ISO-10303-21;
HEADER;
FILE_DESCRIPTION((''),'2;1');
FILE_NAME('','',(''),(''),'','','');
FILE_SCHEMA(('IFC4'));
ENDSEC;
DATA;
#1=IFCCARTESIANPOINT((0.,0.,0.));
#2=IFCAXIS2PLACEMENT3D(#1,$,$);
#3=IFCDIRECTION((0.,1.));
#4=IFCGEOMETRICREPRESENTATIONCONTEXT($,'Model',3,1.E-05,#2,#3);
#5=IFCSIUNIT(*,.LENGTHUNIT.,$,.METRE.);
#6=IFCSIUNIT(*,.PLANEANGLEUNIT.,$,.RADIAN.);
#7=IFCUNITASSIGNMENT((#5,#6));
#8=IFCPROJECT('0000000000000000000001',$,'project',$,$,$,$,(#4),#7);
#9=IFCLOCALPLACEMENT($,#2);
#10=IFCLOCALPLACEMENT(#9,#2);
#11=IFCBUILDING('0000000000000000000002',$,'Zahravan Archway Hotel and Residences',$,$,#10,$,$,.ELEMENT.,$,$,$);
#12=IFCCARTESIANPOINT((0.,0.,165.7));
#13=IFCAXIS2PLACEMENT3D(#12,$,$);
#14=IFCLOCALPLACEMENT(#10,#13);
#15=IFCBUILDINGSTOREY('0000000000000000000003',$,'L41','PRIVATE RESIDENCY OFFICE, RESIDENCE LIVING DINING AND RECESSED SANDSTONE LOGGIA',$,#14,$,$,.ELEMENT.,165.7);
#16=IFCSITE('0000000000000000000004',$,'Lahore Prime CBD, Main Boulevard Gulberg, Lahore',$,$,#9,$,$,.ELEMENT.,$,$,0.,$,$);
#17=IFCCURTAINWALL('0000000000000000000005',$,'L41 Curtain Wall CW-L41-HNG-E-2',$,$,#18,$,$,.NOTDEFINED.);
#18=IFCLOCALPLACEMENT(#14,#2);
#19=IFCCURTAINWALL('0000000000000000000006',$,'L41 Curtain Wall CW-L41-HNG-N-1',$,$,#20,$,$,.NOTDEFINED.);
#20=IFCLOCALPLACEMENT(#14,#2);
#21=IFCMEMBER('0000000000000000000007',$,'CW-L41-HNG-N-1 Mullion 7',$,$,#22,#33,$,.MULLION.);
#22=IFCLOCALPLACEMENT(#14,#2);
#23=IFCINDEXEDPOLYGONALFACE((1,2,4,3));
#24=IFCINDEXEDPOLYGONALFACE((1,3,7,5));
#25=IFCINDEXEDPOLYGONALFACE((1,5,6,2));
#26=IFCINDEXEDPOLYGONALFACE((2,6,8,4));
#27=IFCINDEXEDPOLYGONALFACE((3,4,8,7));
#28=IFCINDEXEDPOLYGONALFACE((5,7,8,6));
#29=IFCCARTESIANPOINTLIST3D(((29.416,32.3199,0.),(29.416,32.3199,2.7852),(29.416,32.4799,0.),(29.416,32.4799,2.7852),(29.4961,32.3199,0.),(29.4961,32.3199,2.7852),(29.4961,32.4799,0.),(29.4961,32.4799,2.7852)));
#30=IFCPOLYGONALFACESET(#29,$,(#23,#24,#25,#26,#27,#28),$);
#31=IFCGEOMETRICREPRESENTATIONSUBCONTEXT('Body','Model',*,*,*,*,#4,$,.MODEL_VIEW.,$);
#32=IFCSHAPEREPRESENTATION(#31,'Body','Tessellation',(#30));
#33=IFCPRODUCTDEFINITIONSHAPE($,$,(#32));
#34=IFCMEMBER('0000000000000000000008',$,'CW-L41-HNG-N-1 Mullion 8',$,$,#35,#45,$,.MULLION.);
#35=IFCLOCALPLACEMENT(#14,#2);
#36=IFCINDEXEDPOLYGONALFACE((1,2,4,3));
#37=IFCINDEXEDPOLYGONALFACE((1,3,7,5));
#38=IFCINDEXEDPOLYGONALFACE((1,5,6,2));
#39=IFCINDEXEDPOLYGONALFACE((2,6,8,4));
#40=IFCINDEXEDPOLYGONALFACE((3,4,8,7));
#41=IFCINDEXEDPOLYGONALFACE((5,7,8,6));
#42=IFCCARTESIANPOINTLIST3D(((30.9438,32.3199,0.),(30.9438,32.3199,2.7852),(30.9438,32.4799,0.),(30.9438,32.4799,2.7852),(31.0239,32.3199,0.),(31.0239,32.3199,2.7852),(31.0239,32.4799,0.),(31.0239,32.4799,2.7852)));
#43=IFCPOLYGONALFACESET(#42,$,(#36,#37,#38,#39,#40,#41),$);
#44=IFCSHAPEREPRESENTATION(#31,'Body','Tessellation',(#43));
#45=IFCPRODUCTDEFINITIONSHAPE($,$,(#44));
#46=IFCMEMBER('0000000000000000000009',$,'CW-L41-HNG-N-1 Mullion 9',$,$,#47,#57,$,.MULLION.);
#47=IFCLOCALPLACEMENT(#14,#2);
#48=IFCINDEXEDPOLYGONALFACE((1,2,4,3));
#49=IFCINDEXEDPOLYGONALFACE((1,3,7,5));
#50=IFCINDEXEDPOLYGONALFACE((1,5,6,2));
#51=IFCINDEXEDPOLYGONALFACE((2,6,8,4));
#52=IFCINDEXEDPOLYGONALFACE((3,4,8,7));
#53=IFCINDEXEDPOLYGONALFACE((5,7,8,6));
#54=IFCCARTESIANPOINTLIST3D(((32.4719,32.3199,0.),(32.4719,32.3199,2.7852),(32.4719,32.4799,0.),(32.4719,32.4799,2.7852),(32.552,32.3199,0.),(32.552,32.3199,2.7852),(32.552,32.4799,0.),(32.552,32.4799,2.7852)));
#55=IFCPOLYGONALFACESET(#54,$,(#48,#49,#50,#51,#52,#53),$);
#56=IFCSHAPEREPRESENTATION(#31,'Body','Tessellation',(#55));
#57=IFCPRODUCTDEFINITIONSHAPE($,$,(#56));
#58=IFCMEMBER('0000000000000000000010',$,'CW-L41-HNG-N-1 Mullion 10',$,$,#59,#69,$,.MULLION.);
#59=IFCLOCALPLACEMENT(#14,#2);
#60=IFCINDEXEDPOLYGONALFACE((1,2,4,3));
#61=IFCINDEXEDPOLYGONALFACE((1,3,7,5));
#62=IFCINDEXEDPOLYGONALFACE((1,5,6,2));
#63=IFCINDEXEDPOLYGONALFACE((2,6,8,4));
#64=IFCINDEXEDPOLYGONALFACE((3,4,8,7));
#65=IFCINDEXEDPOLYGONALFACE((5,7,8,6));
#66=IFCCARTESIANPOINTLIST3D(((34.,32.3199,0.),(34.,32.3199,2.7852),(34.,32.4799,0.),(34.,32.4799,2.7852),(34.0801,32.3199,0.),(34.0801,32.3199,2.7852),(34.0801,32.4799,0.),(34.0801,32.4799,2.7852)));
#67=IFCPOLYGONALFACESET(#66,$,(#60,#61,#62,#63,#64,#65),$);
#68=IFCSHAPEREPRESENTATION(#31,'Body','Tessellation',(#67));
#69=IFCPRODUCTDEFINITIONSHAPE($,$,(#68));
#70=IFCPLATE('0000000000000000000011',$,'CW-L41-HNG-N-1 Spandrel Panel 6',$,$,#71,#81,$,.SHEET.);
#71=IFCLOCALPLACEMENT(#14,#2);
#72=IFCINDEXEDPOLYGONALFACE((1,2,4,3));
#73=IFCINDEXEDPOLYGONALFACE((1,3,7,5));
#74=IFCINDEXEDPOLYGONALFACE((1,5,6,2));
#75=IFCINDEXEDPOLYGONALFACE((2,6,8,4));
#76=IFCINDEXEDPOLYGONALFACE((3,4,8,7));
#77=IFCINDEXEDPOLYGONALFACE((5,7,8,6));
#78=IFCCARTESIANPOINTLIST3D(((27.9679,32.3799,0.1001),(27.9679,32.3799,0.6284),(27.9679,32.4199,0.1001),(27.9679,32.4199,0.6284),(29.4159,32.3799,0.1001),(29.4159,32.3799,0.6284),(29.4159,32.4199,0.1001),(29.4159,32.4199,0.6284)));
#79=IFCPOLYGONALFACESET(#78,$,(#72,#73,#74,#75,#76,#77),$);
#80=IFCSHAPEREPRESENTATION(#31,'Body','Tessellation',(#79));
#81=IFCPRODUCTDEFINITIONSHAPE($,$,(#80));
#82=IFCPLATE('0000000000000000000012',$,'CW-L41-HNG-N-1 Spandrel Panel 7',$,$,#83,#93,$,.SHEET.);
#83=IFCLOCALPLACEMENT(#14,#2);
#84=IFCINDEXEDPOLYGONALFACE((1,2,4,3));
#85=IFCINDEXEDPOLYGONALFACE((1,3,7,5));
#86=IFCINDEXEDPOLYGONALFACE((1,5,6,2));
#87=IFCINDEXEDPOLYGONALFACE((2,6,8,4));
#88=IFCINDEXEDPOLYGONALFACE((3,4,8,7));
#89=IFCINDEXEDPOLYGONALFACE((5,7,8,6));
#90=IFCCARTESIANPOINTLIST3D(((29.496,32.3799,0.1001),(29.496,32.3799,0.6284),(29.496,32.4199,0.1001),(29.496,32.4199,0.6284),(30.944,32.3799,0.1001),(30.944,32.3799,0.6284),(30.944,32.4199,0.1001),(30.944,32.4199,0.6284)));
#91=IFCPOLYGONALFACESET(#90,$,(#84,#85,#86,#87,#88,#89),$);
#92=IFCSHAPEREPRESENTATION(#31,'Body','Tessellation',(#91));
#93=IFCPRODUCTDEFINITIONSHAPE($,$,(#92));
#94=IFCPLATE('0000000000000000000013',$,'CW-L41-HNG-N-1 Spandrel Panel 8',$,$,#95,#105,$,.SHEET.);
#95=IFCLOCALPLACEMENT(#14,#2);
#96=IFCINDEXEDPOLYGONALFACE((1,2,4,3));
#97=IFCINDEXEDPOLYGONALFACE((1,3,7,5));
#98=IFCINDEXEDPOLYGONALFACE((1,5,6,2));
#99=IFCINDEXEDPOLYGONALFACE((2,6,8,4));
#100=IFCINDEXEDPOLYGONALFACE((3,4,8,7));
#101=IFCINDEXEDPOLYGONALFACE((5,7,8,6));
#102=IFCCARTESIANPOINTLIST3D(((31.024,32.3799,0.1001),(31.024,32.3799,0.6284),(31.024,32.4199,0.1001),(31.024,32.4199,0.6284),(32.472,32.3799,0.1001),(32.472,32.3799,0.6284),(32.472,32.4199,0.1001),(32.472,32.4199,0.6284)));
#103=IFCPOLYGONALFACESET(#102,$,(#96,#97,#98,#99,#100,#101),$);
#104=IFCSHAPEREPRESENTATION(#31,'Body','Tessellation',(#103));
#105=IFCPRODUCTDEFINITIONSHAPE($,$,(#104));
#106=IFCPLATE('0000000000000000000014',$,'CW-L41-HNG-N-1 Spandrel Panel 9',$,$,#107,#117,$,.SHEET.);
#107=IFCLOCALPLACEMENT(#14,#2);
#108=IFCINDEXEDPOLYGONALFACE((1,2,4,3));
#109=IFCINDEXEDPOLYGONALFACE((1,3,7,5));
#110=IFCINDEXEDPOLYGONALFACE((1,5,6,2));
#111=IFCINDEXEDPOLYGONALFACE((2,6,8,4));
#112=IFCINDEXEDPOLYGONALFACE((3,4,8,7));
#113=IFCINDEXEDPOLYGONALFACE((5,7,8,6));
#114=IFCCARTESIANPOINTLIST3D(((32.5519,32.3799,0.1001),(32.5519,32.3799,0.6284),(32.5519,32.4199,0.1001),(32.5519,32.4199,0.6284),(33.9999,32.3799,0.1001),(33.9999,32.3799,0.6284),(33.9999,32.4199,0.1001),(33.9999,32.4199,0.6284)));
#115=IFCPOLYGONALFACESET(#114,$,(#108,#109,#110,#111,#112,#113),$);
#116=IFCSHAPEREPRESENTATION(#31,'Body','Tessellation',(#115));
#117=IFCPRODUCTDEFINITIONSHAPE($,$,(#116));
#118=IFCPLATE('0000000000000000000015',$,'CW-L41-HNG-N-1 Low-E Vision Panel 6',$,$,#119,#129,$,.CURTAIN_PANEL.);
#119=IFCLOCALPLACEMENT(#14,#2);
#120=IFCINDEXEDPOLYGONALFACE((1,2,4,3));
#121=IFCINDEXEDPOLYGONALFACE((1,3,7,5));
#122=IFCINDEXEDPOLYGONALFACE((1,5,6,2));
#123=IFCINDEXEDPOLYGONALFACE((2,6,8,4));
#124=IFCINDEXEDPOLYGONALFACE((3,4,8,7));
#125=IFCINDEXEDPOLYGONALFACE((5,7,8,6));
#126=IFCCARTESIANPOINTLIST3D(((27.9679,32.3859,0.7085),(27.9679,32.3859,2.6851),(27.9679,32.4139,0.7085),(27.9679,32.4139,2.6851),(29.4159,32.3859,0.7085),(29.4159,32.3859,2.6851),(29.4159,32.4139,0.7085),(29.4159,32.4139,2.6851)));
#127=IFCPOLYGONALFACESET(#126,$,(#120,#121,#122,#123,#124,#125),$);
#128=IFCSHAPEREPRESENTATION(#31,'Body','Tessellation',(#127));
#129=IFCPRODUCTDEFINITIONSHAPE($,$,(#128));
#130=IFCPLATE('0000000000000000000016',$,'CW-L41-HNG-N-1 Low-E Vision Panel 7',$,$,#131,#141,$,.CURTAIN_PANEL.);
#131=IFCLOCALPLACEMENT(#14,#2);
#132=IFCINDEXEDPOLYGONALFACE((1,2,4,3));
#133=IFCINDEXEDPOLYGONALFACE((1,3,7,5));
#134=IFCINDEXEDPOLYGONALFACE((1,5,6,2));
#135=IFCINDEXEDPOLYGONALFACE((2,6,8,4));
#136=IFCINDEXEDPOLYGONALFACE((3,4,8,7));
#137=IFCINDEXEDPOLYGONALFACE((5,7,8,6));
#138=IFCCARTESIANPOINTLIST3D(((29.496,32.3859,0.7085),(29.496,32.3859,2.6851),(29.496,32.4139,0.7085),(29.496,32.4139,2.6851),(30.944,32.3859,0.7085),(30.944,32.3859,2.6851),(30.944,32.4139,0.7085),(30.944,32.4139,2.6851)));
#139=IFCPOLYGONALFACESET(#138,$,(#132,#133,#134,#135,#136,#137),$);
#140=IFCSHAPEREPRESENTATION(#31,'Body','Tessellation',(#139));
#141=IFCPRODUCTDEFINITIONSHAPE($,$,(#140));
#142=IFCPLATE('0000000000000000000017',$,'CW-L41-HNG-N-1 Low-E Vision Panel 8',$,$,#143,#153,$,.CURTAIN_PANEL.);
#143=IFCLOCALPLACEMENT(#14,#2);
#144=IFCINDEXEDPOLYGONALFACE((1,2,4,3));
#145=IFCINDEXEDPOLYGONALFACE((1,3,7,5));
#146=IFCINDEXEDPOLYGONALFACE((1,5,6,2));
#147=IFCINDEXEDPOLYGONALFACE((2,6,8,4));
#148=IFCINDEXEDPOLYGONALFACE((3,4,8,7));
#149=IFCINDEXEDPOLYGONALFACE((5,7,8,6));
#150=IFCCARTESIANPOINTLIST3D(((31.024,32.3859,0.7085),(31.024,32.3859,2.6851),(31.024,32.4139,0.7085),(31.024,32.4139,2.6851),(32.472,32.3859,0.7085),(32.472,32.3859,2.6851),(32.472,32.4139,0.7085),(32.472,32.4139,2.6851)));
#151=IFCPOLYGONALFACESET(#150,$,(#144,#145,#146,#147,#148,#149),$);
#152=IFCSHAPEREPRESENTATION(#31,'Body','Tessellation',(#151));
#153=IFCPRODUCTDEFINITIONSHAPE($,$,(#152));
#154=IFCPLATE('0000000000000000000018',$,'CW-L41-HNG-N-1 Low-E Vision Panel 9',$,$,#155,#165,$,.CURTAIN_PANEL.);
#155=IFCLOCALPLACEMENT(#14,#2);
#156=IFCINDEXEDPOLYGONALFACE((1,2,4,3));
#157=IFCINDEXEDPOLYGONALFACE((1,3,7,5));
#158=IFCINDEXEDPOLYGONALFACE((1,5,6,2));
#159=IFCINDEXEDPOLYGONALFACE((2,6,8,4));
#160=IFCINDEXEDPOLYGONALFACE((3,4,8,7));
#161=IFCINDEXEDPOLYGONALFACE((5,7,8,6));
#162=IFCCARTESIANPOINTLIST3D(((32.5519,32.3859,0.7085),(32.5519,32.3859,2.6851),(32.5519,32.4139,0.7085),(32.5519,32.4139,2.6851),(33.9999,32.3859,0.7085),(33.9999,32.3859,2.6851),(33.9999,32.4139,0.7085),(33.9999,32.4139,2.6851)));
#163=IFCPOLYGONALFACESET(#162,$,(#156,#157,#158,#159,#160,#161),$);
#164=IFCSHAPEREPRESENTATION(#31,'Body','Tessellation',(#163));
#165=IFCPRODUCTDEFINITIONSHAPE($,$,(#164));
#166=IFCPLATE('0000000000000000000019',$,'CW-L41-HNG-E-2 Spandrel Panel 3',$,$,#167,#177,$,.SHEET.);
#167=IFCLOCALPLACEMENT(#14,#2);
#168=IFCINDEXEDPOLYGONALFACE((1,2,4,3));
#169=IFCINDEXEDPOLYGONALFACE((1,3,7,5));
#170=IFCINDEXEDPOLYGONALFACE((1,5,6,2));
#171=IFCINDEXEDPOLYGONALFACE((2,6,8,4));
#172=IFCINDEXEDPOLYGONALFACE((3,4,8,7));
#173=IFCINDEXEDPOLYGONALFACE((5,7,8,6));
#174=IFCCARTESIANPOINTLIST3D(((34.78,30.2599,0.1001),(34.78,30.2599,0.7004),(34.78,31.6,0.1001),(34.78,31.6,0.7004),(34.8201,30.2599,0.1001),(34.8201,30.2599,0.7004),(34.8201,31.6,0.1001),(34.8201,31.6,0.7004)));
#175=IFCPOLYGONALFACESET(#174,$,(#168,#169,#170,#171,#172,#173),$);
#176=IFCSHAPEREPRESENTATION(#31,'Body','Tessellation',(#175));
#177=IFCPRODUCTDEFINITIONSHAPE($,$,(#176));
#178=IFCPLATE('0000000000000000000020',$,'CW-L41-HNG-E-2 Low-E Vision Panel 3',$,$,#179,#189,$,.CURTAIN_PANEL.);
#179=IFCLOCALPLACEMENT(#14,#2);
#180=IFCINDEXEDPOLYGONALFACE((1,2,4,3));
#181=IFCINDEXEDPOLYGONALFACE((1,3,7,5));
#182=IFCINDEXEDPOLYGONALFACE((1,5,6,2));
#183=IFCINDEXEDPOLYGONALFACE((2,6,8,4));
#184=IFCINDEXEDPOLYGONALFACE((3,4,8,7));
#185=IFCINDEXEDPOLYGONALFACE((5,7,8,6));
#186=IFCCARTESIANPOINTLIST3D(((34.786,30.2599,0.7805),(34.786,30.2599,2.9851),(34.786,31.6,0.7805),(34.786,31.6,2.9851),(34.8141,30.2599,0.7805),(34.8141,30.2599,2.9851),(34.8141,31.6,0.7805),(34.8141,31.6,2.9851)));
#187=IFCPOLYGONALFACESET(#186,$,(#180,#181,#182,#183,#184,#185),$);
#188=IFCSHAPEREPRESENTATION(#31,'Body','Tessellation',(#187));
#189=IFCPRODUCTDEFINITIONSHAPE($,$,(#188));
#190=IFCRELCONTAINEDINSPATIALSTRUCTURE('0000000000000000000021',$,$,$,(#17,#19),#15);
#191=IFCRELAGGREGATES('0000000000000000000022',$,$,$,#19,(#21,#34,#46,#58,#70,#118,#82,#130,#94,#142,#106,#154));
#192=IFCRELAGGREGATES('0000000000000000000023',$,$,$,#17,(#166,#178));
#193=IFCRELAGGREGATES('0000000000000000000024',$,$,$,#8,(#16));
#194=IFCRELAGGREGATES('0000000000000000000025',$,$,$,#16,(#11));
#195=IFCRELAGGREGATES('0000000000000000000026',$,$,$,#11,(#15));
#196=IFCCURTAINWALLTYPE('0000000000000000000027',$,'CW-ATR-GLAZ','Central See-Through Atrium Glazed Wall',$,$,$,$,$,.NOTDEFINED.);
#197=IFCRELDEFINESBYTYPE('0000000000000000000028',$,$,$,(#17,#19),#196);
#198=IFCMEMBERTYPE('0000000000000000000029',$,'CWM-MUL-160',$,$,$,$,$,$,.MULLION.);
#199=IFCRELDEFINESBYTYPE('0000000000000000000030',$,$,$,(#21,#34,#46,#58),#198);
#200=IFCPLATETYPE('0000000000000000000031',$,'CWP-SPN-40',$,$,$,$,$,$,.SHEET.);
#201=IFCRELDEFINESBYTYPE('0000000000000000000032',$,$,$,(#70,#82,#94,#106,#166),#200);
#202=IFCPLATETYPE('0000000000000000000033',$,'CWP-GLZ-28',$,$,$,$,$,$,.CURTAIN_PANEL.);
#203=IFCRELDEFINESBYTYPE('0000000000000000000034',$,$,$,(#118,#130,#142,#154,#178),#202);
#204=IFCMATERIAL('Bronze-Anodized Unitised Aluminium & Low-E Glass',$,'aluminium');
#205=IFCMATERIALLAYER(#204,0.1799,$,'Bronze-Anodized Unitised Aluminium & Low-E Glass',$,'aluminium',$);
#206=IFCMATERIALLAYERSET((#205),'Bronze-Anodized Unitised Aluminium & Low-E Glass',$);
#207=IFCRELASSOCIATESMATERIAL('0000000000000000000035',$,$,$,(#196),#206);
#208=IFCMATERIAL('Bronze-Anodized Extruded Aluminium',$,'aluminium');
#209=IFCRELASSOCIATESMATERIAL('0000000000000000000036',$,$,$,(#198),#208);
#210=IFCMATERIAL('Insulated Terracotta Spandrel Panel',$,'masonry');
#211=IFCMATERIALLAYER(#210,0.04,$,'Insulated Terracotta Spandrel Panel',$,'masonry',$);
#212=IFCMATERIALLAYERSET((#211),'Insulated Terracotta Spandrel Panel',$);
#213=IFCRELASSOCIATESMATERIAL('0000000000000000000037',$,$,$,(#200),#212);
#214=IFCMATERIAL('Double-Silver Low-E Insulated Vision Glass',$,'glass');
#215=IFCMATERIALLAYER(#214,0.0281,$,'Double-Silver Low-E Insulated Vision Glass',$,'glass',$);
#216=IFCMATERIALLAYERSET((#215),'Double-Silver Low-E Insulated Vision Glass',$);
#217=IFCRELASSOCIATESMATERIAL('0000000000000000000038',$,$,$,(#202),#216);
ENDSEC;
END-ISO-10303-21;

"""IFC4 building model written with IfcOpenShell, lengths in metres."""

from ifc_helpers import new_model, si_unit, direction, frame, origin, origin_2d, place, context, subcontext, project, spatial, rectangle, extrude, source, transform, mapped, material, layer, layer_set, material_profile, profile_set, type_object, element, aggregate, save


model = new_model("IFC4")

# Units and contexts
model_context = context("Model", 3, precision=1e-05, world=origin(), true_north=direction((0.0, 1.0)))
body_context = subcontext(model_context, "Body", "Model", "MODEL_VIEW")
ifc_project = project(units=[si_unit("LENGTHUNIT", "METRE"), si_unit("PLANEANGLEUNIT", "RADIAN")], contexts=[model_context])

# Site, building, storey
site_placement = place(None, origin())
site = spatial("IfcSite", under=ifc_project, at=site_placement, Name="Lahore Prime CBD, Main Boulevard Gulberg, Lahore", CompositionType="ELEMENT", RefElevation=0.0)
building_placement = place(site_placement, origin())
building = spatial("IfcBuilding", under=site, at=building_placement, Name="Zahravan Archway Hotel and Residences", CompositionType="ELEMENT")
storey_placement = place(building_placement, frame((0.0, 0.0, 165.7)))
storey = spatial("IfcBuildingStorey", under=building, at=storey_placement, Name="L41", Description="PRIVATE RESIDENCY OFFICE, RESIDENCE LIVING DINING AND RECESSED SANDSTONE LOGGIA", CompositionType="ELEMENT", Elevation=165.7)

# Curtain walls
ifc_material_1 = material(Name="Bronze-Anodized Unitised Aluminium & Low-E Glass", Category="aluminium")
ifc_layer_1 = layer(ifc_material_1, 0.1799, Name="Bronze-Anodized Unitised Aluminium & Low-E Glass", Category="aluminium")
ifc_layer_set_1 = layer_set([ifc_layer_1], Name="Bronze-Anodized Unitised Aluminium & Low-E Glass")
curtain_wall_type = type_object("IfcCurtainWallType", Name="CW-ATR-GLAZ", Description="Central See-Through Atrium Glazed Wall", PredefinedType="NOTDEFINED", material=ifc_layer_set_1)
curtain_wall_1_placement = place(storey_placement, origin())
curtain_wall_1 = element("IfcCurtainWall", 1, at=curtain_wall_1_placement, inside=storey, type_object=curtain_wall_type, Name="L41 Curtain Wall CW-L41-HNG-E-2", PredefinedType="NOTDEFINED")
ifc_material_2 = material(Name="Bronze-Anodized Extruded Aluminium", Category="aluminium")
curtain_wall_2_placement = place(storey_placement, origin())
curtain_wall_2 = element("IfcCurtainWall", 2, at=curtain_wall_2_placement, inside=storey, type_object=curtain_wall_type, Name="L41 Curtain Wall CW-L41-HNG-N-1", PredefinedType="NOTDEFINED")

# Members
ifc_material_profile_1 = material_profile(ifc_material_2, rectangle(XDim=0.0801, YDim=0.1599, at=origin_2d()), Name="MUL 80x160", Category="aluminium")
ifc_profile_set_1 = profile_set([ifc_material_profile_1], Name="Bronze-Anodized Extruded Aluminium")
member_type_1 = type_object("IfcMemberType", Name="CWM-MUL-160", PredefinedType="MULLION", material=ifc_profile_set_1)
shared_shape_1 = source(origin(), body_context, "Body", "SweptSolid", [
    extrude(rectangle(XDim=0.0801, YDim=0.1599, at=origin_2d()), origin(), (0.0, 0.0, 1.0), 2.7852),
])
member_1_placement = place(storey_placement, frame((29.4561, 32.3999, 0.0), z_axis=(0.0, 0.0, 1.0), x_axis=(1.0, 0.0, 0.0)))
member_1 = element("IfcMember", 3, at=member_1_placement, type_object=member_type_1, Name="CW-L41-HNG-N-1 Mullion 7", PredefinedType="MULLION", context=body_context, shape_type="MappedRepresentation", body=[
    mapped(shared_shape_1, transform((0.0, 0.0, 0.0), scale=1.0)),
])
member_2_placement = place(storey_placement, frame((30.9839, 32.3999, 0.0), z_axis=(0.0, 0.0, 1.0), x_axis=(1.0, 0.0, 0.0)))
member_2 = element("IfcMember", 4, at=member_2_placement, type_object=member_type_1, Name="CW-L41-HNG-N-1 Mullion 8", PredefinedType="MULLION", context=body_context, shape_type="MappedRepresentation", body=[
    mapped(shared_shape_1, transform((0.0, 0.0, 0.0), scale=1.0)),
])
member_3_placement = place(storey_placement, frame((32.512, 32.3999, 0.0), z_axis=(0.0, 0.0, 1.0), x_axis=(1.0, 0.0, 0.0)))
member_3 = element("IfcMember", 5, at=member_3_placement, type_object=member_type_1, Name="CW-L41-HNG-N-1 Mullion 9", PredefinedType="MULLION", context=body_context, shape_type="MappedRepresentation", body=[
    mapped(shared_shape_1, transform((0.0, 0.0, 0.0), scale=1.0)),
])
member_4_placement = place(storey_placement, frame((34.04, 32.3999, 0.0), z_axis=(0.0, 0.0, 1.0), x_axis=(1.0, 0.0, 0.0)))
member_4 = element("IfcMember", 6, at=member_4_placement, type_object=member_type_1, Name="CW-L41-HNG-N-1 Mullion 10", PredefinedType="MULLION", context=body_context, shape_type="MappedRepresentation", body=[
    mapped(shared_shape_1, transform((0.0, 0.0, 0.0), scale=1.0)),
])

# Plates
ifc_material_3 = material(Name="Insulated Terracotta Spandrel Panel", Category="masonry")
ifc_layer_2 = layer(ifc_material_3, 0.04, Name="Insulated Terracotta Spandrel Panel", Category="masonry")
ifc_layer_set_2 = layer_set([ifc_layer_2], Name="Insulated Terracotta Spandrel Panel")
plate_type_1 = type_object("IfcPlateType", Name="CWP-SPN-40", PredefinedType="SHEET", material=ifc_layer_set_2)
shared_shape_2 = source(origin(), body_context, "Body", "SweptSolid", [
    extrude(rectangle(XDim=1.448, YDim=0.04, at=origin_2d()), origin(), (0.0, 0.0, 1.0), 0.5283),
])
plate_1_placement = place(storey_placement, frame((28.6919, 32.3999, 0.1001), z_axis=(0.0, 0.0, 1.0), x_axis=(1.0, 0.0, 0.0)))
plate_1 = element("IfcPlate", 7, at=plate_1_placement, type_object=plate_type_1, Name="CW-L41-HNG-N-1 Spandrel Panel 6", PredefinedType="SHEET", context=body_context, shape_type="MappedRepresentation", body=[
    mapped(shared_shape_2, transform((0.0, 0.0, 0.0), scale=1.0)),
])
plate_2_placement = place(storey_placement, frame((30.22, 32.3999, 0.1001), z_axis=(0.0, 0.0, 1.0), x_axis=(1.0, 0.0, 0.0)))
plate_2 = element("IfcPlate", 8, at=plate_2_placement, type_object=plate_type_1, Name="CW-L41-HNG-N-1 Spandrel Panel 7", PredefinedType="SHEET", context=body_context, shape_type="MappedRepresentation", body=[
    mapped(shared_shape_2, transform((0.0, 0.0, 0.0), scale=1.0)),
])
plate_3_placement = place(storey_placement, frame((31.748, 32.3999, 0.1001), z_axis=(0.0, 0.0, 1.0), x_axis=(1.0, 0.0, 0.0)))
plate_3 = element("IfcPlate", 9, at=plate_3_placement, type_object=plate_type_1, Name="CW-L41-HNG-N-1 Spandrel Panel 8", PredefinedType="SHEET", context=body_context, shape_type="MappedRepresentation", body=[
    mapped(shared_shape_2, transform((0.0, 0.0, 0.0), scale=1.0)),
])
plate_4_placement = place(storey_placement, frame((33.2759, 32.3999, 0.1001), z_axis=(0.0, 0.0, 1.0), x_axis=(1.0, 0.0, 0.0)))
plate_4 = element("IfcPlate", 10, at=plate_4_placement, type_object=plate_type_1, Name="CW-L41-HNG-N-1 Spandrel Panel 9", PredefinedType="SHEET", context=body_context, shape_type="MappedRepresentation", body=[
    mapped(shared_shape_2, transform((0.0, 0.0, 0.0), scale=1.0)),
])
ifc_material_4 = material(Name="Double-Silver Low-E Insulated Vision Glass", Category="glass")
ifc_layer_3 = layer(ifc_material_4, 0.0281, Name="Double-Silver Low-E Insulated Vision Glass", Category="glass")
ifc_layer_set_3 = layer_set([ifc_layer_3], Name="Double-Silver Low-E Insulated Vision Glass")
plate_type_2 = type_object("IfcPlateType", Name="CWP-GLZ-28", PredefinedType="CURTAIN_PANEL", material=ifc_layer_set_3)
shared_shape_3 = source(origin(), body_context, "Body", "SweptSolid", [
    extrude(rectangle(XDim=1.448, YDim=0.0281, at=origin_2d()), origin(), (0.0, 0.0, 1.0), 1.9766),
])
plate_5_placement = place(storey_placement, frame((28.6919, 32.3999, 0.7085), z_axis=(0.0, 0.0, 1.0), x_axis=(1.0, 0.0, 0.0)))
plate_5 = element("IfcPlate", 11, at=plate_5_placement, type_object=plate_type_2, Name="CW-L41-HNG-N-1 Low-E Vision Panel 6", PredefinedType="CURTAIN_PANEL", context=body_context, shape_type="MappedRepresentation", body=[
    mapped(shared_shape_3, transform((0.0, 0.0, 0.0), scale=1.0)),
])
plate_6_placement = place(storey_placement, frame((30.22, 32.3999, 0.7085), z_axis=(0.0, 0.0, 1.0), x_axis=(1.0, 0.0, 0.0)))
plate_6 = element("IfcPlate", 12, at=plate_6_placement, type_object=plate_type_2, Name="CW-L41-HNG-N-1 Low-E Vision Panel 7", PredefinedType="CURTAIN_PANEL", context=body_context, shape_type="MappedRepresentation", body=[
    mapped(shared_shape_3, transform((0.0, 0.0, 0.0), scale=1.0)),
])
plate_7_placement = place(storey_placement, frame((31.748, 32.3999, 0.7085), z_axis=(0.0, 0.0, 1.0), x_axis=(1.0, 0.0, 0.0)))
plate_7 = element("IfcPlate", 13, at=plate_7_placement, type_object=plate_type_2, Name="CW-L41-HNG-N-1 Low-E Vision Panel 8", PredefinedType="CURTAIN_PANEL", context=body_context, shape_type="MappedRepresentation", body=[
    mapped(shared_shape_3, transform((0.0, 0.0, 0.0), scale=1.0)),
])
plate_8_placement = place(storey_placement, frame((33.2759, 32.3999, 0.7085), z_axis=(0.0, 0.0, 1.0), x_axis=(1.0, 0.0, 0.0)))
plate_8 = element("IfcPlate", 14, at=plate_8_placement, type_object=plate_type_2, Name="CW-L41-HNG-N-1 Low-E Vision Panel 9", PredefinedType="CURTAIN_PANEL", context=body_context, shape_type="MappedRepresentation", body=[
    mapped(shared_shape_3, transform((0.0, 0.0, 0.0), scale=1.0)),
])
aggregate(curtain_wall_2, [member_1, member_2, member_3, member_4, plate_1, plate_5, plate_2, plate_6, plate_3, plate_7, plate_4, plate_8])
shared_shape_4 = source(origin(), body_context, "Body", "SweptSolid", [
    extrude(rectangle(XDim=1.3401, YDim=0.04, at=origin_2d()), origin(), (0.0, 0.0, 1.0), 0.6003),
])
plate_9_placement = place(storey_placement, frame((34.8, 30.9299, 0.1001), z_axis=(0.0, 0.0, 1.0), x_axis=(0.0, 1.0, 0.0)))
plate_9 = element("IfcPlate", 15, at=plate_9_placement, type_object=plate_type_1, Name="CW-L41-HNG-E-2 Spandrel Panel 3", PredefinedType="SHEET", context=body_context, shape_type="MappedRepresentation", body=[
    mapped(shared_shape_4, transform((0.0, 0.0, 0.0), scale=1.0)),
])
shared_shape_5 = source(origin(), body_context, "Body", "SweptSolid", [
    extrude(rectangle(XDim=1.3401, YDim=0.0281, at=origin_2d()), origin(), (0.0, 0.0, 1.0), 2.2046),
])
plate_10_placement = place(storey_placement, frame((34.8, 30.9299, 0.7805), z_axis=(0.0, 0.0, 1.0), x_axis=(0.0, 1.0, 0.0)))
plate_10 = element("IfcPlate", 16, at=plate_10_placement, type_object=plate_type_2, Name="CW-L41-HNG-E-2 Low-E Vision Panel 3", PredefinedType="CURTAIN_PANEL", context=body_context, shape_type="MappedRepresentation", body=[
    mapped(shared_shape_5, transform((0.0, 0.0, 0.0), scale=1.0)),
])
aggregate(curtain_wall_1, [plate_9, plate_10])

save(model, "model.ifc")
